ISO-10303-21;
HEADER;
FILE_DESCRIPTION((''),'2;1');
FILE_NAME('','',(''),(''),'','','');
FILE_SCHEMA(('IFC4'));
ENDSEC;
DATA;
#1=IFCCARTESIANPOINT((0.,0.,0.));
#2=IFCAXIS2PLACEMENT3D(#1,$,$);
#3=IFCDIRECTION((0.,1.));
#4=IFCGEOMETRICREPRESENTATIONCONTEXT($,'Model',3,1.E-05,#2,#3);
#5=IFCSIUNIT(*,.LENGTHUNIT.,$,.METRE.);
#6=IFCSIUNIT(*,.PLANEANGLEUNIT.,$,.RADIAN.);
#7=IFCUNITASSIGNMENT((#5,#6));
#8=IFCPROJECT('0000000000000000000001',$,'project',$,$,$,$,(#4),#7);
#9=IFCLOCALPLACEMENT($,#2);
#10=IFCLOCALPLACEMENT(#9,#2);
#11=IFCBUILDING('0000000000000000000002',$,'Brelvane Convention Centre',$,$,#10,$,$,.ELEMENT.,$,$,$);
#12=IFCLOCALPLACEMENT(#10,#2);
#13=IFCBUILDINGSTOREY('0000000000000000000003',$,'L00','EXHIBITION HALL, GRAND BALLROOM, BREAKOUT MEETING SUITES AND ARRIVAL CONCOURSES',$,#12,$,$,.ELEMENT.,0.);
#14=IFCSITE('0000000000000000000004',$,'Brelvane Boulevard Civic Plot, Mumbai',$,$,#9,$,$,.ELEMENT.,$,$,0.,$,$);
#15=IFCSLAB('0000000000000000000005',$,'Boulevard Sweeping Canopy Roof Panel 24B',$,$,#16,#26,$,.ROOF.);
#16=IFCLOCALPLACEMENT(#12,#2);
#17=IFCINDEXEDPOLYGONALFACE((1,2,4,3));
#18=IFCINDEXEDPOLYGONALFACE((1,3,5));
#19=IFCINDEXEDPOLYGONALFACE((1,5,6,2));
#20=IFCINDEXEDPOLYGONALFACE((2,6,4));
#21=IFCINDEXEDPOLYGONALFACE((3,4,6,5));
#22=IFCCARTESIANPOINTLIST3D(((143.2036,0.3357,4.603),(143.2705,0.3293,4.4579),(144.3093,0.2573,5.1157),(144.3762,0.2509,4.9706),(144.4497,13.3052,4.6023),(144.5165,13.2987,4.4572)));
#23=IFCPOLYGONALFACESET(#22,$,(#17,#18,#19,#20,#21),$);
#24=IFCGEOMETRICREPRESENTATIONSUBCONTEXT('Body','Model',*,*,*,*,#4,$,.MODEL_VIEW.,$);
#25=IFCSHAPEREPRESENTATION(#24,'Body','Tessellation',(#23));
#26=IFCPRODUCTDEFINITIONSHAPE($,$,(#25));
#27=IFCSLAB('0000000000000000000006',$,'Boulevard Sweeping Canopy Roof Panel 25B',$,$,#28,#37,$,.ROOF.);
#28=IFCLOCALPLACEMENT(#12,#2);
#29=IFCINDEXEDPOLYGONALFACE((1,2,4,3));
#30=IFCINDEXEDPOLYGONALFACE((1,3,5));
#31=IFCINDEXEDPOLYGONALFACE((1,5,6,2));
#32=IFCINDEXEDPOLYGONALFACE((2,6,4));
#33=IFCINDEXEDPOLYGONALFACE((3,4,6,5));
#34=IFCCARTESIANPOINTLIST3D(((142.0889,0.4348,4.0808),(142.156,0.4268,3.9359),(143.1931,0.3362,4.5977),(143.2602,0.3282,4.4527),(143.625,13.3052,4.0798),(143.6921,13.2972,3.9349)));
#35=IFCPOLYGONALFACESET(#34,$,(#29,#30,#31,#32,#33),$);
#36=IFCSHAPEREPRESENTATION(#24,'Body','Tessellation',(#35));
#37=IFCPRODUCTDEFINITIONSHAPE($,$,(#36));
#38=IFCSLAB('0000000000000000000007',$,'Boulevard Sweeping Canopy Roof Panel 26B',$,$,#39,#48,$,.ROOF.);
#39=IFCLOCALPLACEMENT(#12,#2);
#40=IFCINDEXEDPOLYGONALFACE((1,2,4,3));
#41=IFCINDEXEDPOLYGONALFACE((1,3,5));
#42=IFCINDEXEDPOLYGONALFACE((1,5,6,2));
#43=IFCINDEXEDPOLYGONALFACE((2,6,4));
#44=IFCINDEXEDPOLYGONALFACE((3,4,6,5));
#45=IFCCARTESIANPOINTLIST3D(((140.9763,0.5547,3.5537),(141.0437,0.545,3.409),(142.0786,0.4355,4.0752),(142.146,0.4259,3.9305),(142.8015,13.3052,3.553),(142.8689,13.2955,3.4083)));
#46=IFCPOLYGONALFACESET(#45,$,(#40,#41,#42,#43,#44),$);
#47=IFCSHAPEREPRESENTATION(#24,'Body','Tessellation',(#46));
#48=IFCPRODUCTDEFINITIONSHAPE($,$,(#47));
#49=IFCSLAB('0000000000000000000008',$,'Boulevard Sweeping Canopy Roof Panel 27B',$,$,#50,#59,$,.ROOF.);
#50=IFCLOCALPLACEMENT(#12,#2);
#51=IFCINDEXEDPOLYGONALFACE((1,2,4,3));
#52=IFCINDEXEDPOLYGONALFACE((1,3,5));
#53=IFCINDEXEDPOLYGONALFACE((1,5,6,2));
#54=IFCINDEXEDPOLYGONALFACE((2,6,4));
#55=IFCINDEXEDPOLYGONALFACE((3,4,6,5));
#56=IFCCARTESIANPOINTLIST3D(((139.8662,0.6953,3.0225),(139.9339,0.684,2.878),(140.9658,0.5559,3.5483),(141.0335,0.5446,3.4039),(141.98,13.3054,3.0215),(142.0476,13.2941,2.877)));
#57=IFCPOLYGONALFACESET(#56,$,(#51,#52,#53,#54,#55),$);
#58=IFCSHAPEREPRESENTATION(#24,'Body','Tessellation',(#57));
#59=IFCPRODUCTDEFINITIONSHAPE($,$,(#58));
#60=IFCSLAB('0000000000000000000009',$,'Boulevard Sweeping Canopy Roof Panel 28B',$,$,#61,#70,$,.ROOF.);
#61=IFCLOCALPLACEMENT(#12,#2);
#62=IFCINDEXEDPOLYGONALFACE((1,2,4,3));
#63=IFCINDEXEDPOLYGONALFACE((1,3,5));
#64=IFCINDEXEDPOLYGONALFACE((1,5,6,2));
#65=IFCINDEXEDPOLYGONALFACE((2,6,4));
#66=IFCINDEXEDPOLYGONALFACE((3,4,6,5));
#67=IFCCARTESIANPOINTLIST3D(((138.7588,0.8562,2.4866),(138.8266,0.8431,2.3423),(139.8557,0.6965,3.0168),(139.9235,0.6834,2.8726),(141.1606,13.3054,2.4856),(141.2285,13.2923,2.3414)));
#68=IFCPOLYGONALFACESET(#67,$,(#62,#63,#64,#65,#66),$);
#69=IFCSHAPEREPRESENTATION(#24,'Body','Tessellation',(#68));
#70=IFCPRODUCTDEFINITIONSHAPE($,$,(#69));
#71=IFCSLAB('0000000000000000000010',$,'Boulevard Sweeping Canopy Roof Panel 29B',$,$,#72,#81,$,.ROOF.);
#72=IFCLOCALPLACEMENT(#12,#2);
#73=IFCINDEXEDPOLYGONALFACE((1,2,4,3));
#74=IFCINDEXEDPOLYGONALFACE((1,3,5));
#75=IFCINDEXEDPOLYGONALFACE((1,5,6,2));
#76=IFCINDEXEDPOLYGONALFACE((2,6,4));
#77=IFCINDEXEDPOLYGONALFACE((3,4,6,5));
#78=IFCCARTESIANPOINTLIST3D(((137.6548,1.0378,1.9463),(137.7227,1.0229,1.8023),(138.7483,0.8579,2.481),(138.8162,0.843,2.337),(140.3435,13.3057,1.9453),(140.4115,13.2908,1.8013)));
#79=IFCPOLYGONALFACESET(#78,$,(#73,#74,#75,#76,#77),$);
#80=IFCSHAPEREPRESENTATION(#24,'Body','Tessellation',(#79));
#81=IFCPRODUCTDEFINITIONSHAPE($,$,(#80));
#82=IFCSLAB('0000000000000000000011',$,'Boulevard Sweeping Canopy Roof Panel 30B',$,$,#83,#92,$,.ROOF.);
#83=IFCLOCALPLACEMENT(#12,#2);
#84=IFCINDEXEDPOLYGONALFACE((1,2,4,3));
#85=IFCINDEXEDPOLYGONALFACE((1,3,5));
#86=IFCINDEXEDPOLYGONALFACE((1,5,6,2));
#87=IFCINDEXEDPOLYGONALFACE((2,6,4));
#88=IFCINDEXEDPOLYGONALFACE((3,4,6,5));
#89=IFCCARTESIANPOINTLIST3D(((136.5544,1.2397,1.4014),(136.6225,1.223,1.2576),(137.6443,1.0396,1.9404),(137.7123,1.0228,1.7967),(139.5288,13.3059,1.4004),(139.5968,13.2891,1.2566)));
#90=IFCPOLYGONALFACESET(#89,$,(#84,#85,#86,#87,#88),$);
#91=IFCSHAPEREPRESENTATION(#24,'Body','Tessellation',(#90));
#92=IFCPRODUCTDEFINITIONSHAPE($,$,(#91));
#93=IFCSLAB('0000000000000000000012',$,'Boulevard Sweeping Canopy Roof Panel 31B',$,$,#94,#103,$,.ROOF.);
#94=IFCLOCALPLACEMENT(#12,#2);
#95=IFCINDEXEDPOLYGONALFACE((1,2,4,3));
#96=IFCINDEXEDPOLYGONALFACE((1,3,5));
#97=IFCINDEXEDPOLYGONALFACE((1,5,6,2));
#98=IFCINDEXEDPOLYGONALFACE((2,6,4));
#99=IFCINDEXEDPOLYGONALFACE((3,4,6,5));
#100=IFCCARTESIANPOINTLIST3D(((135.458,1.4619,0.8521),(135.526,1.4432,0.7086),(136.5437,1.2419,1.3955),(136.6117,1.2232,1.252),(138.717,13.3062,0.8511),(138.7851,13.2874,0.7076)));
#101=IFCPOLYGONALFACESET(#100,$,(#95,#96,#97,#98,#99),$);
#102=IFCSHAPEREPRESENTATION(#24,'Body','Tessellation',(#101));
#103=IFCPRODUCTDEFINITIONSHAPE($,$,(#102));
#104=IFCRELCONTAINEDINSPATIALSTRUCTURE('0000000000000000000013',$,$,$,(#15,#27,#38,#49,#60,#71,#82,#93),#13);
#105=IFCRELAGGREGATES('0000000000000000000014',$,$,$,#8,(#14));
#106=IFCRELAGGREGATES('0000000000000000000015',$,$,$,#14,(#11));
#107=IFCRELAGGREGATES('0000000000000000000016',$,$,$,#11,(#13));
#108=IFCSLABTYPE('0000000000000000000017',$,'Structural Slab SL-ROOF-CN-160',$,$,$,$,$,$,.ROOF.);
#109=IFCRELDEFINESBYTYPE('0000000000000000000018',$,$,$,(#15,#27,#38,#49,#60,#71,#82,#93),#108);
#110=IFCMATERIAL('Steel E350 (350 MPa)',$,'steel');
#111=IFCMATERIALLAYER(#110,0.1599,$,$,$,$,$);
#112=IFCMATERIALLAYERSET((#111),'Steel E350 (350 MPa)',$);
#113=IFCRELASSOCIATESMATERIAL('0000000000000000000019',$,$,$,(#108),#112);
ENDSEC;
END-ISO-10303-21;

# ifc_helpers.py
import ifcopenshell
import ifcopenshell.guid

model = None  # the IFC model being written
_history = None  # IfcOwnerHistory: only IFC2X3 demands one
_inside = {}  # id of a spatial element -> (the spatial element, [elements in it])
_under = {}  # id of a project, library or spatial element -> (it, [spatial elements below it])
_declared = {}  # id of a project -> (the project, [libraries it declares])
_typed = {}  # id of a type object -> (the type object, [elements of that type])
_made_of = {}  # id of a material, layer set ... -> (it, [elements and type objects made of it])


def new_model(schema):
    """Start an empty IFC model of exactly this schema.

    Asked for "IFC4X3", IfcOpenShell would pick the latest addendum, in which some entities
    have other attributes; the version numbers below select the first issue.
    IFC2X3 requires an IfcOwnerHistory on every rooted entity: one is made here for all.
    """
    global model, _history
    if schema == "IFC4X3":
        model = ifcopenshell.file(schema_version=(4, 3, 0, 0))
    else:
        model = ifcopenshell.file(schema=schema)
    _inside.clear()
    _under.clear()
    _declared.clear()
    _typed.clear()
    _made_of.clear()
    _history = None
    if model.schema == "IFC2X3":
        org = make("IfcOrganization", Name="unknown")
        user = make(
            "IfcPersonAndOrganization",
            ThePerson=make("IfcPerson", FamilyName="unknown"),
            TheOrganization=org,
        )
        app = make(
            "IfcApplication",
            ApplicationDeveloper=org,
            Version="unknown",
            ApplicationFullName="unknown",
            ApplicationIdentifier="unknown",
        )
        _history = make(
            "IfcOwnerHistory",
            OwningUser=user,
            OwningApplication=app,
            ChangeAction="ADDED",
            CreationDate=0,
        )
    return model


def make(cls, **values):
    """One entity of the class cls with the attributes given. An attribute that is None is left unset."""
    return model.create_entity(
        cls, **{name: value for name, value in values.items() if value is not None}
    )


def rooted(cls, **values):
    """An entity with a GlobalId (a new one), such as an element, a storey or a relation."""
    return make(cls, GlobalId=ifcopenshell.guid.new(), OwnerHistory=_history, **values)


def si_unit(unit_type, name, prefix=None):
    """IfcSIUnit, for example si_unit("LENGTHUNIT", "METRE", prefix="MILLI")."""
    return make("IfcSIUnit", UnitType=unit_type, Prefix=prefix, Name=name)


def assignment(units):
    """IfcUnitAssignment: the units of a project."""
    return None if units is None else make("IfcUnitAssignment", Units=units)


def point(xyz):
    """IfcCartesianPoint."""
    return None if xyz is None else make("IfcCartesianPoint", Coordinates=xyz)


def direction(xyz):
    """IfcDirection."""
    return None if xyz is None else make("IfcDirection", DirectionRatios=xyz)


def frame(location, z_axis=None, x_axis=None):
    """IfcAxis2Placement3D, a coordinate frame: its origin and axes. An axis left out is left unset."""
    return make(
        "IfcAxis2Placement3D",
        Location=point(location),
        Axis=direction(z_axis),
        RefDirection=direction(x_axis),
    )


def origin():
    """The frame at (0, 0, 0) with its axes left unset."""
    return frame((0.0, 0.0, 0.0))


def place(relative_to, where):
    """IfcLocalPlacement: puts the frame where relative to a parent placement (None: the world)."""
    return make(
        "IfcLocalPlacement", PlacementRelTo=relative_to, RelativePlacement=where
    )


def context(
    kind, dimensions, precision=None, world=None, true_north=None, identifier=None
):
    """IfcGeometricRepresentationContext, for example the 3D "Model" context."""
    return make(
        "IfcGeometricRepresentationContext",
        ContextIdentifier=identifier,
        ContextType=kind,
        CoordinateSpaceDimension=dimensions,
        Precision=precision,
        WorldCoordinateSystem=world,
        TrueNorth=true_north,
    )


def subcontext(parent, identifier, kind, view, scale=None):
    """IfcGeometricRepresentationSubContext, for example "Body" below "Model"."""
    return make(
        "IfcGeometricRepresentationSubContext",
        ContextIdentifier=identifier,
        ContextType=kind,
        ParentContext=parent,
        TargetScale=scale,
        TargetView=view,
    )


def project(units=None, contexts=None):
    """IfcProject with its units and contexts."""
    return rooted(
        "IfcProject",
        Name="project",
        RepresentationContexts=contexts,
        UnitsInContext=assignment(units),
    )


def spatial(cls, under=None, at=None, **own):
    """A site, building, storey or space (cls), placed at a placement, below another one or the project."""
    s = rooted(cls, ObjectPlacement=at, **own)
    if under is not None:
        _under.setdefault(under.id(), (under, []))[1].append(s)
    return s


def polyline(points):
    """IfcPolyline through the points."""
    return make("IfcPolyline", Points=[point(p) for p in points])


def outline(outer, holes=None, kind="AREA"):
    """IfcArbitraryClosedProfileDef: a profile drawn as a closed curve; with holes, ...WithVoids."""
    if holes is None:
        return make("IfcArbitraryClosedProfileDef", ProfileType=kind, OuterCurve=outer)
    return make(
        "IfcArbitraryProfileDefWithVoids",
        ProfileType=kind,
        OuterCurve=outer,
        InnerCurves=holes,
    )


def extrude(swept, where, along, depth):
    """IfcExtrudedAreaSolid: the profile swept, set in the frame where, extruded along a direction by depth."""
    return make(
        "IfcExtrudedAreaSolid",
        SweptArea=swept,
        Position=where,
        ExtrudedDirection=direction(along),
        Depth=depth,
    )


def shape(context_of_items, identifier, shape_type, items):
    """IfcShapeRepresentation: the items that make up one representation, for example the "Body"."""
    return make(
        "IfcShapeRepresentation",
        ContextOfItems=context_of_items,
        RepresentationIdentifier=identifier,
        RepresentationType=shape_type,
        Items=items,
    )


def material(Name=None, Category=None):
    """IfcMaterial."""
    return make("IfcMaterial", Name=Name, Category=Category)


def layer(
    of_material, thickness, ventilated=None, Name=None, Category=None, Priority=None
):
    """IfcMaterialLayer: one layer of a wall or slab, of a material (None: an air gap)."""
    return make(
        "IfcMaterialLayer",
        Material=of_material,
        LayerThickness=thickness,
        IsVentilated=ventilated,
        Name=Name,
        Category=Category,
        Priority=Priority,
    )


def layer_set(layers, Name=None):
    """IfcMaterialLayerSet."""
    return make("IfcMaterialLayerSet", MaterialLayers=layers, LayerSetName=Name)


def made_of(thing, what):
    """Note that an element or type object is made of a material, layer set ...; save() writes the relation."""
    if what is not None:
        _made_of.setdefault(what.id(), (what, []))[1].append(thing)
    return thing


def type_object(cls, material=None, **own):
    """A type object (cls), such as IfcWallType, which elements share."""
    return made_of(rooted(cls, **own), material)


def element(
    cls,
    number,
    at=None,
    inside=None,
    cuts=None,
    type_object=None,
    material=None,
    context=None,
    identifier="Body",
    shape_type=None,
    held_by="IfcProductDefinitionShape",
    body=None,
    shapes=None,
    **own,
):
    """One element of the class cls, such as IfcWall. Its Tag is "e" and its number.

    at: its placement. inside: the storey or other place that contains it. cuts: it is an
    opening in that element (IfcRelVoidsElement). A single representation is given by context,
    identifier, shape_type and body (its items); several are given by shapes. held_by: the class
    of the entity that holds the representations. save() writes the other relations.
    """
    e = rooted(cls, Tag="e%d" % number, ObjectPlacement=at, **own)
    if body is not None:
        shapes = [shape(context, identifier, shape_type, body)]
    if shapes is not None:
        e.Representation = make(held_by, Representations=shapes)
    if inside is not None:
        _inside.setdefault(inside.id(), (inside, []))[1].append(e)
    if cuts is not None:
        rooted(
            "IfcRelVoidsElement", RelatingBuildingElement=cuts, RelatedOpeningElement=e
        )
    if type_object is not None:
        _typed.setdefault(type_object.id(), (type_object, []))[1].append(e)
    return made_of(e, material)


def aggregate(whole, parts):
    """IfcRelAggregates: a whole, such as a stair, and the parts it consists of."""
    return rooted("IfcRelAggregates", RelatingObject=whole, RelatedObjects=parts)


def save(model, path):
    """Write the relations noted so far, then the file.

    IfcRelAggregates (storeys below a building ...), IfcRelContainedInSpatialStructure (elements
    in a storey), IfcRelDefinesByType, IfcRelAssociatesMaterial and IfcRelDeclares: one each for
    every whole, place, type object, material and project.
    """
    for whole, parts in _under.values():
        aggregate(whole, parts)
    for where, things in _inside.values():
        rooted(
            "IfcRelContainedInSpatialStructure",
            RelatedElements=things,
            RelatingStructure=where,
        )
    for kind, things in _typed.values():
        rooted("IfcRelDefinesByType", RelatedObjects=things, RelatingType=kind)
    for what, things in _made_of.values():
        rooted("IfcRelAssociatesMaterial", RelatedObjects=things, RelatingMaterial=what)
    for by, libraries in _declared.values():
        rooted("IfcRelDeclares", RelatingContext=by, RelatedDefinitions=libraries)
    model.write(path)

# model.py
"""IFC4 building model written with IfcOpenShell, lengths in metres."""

from ifc_helpers import new_model, si_unit, direction, frame, origin, place, context, subcontext, project, spatial, polyline, outline, extrude, material, layer, layer_set, type_object, element, save


model = new_model("IFC4")

# Units and contexts
model_context = context("Model", 3, precision=1e-05, world=origin(), true_north=direction((0.0, 1.0)))
body_context = subcontext(model_context, "Body", "Model", "MODEL_VIEW")
ifc_project = project(units=[si_unit("LENGTHUNIT", "METRE"), si_unit("PLANEANGLEUNIT", "RADIAN")], contexts=[model_context])

# Site, building, storey
site_placement = place(None, origin())
site = spatial("IfcSite", under=ifc_project, at=site_placement, Name="Brelvane Boulevard Civic Plot, Mumbai", CompositionType="ELEMENT", RefElevation=0.0)
building_placement = place(site_placement, origin())
building = spatial("IfcBuilding", under=site, at=building_placement, Name="Brelvane Convention Centre", CompositionType="ELEMENT")
storey_placement = place(building_placement, origin())
storey = spatial("IfcBuildingStorey", under=building, at=storey_placement, Name="L00", Description="EXHIBITION HALL, GRAND BALLROOM, BREAKOUT MEETING SUITES AND ARRIVAL CONCOURSES", CompositionType="ELEMENT", Elevation=0.0)

# Slabs
ifc_material_1 = material(Name="Steel E350 (350 MPa)", Category="steel")
ifc_layer_1 = layer(ifc_material_1, 0.1599)
ifc_layer_set_1 = layer_set([ifc_layer_1], Name="Steel E350 (350 MPa)")
slab_type = type_object("IfcSlabType", Name="Structural Slab SL-ROOF-CN-160", PredefinedType="ROOF", material=ifc_layer_set_1)
slab_1_placement = place(storey_placement, frame((144.3093, 0.2573, 5.1157), z_axis=(-0.417971, 0.040209, 0.90757), x_axis=(-0.90535, 0.064168, -0.419791)))
element("IfcSlab", 1, at=slab_1_placement, inside=storey, type_object=slab_type, Name="Boulevard Sweeping Canopy Roof Panel 24B", PredefinedType="ROOF", context=body_context, shape_type="SweptSolid", body=[
    extrude(outline(polyline([(0.0, 0.0), (1.2213, 0.0), (0.9257, -13.0259), (0.0, 0.0)])), origin(), (0.0, 0.0, -1.0), 0.1599),
])
slab_2_placement = place(storey_placement, frame((143.1931, 0.3362, 4.5977), z_axis=(-0.419703, 0.050162, 0.906274), x_axis=(-0.902752, 0.080635, -0.422535)))
element("IfcSlab", 2, at=slab_2_placement, inside=storey, type_object=slab_type, Name="Boulevard Sweeping Canopy Roof Panel 25B", PredefinedType="ROOF", context=body_context, shape_type="SweptSolid", body=[
    extrude(outline(polyline([(0.0, 0.0), (1.2232, 0.0), (0.8747, -12.957), (0.0, 0.0)])), origin(), (0.0, 0.0, -1.0), 0.1599),
])
slab_3_placement = place(storey_placement, frame((142.0786, 0.4355, 4.0752), z_axis=(-0.421526, 0.060392, 0.904803), x_axis=(-0.899662, 0.097239, -0.425621)))
element("IfcSlab", 3, at=slab_3_placement, inside=storey, type_object=slab_type, Name="Boulevard Sweeping Canopy Roof Panel 26B", PredefinedType="ROOF", context=body_context, shape_type="SweptSolid", body=[
    extrude(outline(polyline([(0.0, 0.0), (1.2252, 0.0), (0.8233, -12.8742), (0.0, 0.0)])), origin(), (0.0, 0.0, -1.0), 0.1599),
])
slab_4_placement = place(storey_placement, frame((140.9658, 0.5559, 3.5483), z_axis=(-0.423016, 0.070978, 0.903338), x_axis=(-0.896298, 0.113629, -0.428647)))
element("IfcSlab", 4, at=slab_4_placement, inside=storey, type_object=slab_type, Name="Boulevard Sweeping Canopy Roof Panel 27B", PredefinedType="ROOF", context=body_context, shape_type="SweptSolid", body=[
    extrude(outline(polyline([(0.0, 0.0), (1.2268, 0.0), (0.7656, -12.7777), (0.0, 0.0)])), origin(), (0.0, 0.0, -1.0), 0.1599),
])
slab_5_placement = place(storey_placement, frame((139.8557, 0.6965, 3.0168), z_axis=(-0.424082, 0.08189, 0.901914), x_axis=(-0.892686, 0.129939, -0.431541)))
element("IfcSlab", 5, at=slab_5_placement, inside=storey, type_object=slab_type, Name="Boulevard Sweeping Canopy Roof Panel 28B", PredefinedType="ROOF", context=body_context, shape_type="SweptSolid", body=[
    extrude(outline(polyline([(0.0, 0.0), (1.2288, 0.0), (0.7028, -12.6679), (0.0, 0.0)])), origin(), (0.0, 0.0, -1.0), 0.1599),
])
slab_6_placement = place(storey_placement, frame((138.7483, 0.8579, 2.481), z_axis=(-0.424923, 0.093201, 0.900419), x_axis=(-0.888706, 0.146233, -0.434531)))
element("IfcSlab", 6, at=slab_6_placement, inside=storey, type_object=slab_type, Name="Boulevard Sweeping Canopy Roof Panel 29B", PredefinedType="ROOF", context=body_context, shape_type="SweptSolid", body=[
    extrude(outline(polyline([(0.0, 0.0), (1.2304, 0.0), (0.6353, -12.5449), (0.0, 0.0)])), origin(), (0.0, 0.0, -1.0), 0.1599),
])
slab_7_placement = place(storey_placement, frame((137.6443, 1.0396, 1.9404), z_axis=(-0.425355, 0.104925, 0.898924), x_axis=(-0.884438, 0.162464, -0.437464)))
element("IfcSlab", 7, at=slab_7_placement, inside=storey, type_object=slab_type, Name="Boulevard Sweeping Canopy Roof Panel 30B", PredefinedType="ROOF", context=body_context, shape_type="SweptSolid", body=[
    extrude(outline(polyline([(0.0, 0.0), (1.2322, 0.0), (0.5623, -12.4093), (0.0, 0.0)])), origin(), (0.0, 0.0, -1.0), 0.1599),
])
slab_8_placement = place(storey_placement, frame((136.5437, 1.2419, 1.3955), z_axis=(-0.425454, 0.117141, 0.897367), x_axis=(-0.879901, 0.178275, -0.440445)))
element("IfcSlab", 8, at=slab_8_placement, inside=storey, type_object=slab_type, Name="Boulevard Sweeping Canopy Roof Panel 31B", PredefinedType="ROOF", context=body_context, shape_type="SweptSolid", body=[
    extrude(outline(polyline([(0.0, 0.0), (1.2339, 0.0), (0.4782, -12.2612), (0.0, 0.0)])), origin(), (0.0, 0.0, -1.0), 0.1599),
])

save(model, "model.ifc")
